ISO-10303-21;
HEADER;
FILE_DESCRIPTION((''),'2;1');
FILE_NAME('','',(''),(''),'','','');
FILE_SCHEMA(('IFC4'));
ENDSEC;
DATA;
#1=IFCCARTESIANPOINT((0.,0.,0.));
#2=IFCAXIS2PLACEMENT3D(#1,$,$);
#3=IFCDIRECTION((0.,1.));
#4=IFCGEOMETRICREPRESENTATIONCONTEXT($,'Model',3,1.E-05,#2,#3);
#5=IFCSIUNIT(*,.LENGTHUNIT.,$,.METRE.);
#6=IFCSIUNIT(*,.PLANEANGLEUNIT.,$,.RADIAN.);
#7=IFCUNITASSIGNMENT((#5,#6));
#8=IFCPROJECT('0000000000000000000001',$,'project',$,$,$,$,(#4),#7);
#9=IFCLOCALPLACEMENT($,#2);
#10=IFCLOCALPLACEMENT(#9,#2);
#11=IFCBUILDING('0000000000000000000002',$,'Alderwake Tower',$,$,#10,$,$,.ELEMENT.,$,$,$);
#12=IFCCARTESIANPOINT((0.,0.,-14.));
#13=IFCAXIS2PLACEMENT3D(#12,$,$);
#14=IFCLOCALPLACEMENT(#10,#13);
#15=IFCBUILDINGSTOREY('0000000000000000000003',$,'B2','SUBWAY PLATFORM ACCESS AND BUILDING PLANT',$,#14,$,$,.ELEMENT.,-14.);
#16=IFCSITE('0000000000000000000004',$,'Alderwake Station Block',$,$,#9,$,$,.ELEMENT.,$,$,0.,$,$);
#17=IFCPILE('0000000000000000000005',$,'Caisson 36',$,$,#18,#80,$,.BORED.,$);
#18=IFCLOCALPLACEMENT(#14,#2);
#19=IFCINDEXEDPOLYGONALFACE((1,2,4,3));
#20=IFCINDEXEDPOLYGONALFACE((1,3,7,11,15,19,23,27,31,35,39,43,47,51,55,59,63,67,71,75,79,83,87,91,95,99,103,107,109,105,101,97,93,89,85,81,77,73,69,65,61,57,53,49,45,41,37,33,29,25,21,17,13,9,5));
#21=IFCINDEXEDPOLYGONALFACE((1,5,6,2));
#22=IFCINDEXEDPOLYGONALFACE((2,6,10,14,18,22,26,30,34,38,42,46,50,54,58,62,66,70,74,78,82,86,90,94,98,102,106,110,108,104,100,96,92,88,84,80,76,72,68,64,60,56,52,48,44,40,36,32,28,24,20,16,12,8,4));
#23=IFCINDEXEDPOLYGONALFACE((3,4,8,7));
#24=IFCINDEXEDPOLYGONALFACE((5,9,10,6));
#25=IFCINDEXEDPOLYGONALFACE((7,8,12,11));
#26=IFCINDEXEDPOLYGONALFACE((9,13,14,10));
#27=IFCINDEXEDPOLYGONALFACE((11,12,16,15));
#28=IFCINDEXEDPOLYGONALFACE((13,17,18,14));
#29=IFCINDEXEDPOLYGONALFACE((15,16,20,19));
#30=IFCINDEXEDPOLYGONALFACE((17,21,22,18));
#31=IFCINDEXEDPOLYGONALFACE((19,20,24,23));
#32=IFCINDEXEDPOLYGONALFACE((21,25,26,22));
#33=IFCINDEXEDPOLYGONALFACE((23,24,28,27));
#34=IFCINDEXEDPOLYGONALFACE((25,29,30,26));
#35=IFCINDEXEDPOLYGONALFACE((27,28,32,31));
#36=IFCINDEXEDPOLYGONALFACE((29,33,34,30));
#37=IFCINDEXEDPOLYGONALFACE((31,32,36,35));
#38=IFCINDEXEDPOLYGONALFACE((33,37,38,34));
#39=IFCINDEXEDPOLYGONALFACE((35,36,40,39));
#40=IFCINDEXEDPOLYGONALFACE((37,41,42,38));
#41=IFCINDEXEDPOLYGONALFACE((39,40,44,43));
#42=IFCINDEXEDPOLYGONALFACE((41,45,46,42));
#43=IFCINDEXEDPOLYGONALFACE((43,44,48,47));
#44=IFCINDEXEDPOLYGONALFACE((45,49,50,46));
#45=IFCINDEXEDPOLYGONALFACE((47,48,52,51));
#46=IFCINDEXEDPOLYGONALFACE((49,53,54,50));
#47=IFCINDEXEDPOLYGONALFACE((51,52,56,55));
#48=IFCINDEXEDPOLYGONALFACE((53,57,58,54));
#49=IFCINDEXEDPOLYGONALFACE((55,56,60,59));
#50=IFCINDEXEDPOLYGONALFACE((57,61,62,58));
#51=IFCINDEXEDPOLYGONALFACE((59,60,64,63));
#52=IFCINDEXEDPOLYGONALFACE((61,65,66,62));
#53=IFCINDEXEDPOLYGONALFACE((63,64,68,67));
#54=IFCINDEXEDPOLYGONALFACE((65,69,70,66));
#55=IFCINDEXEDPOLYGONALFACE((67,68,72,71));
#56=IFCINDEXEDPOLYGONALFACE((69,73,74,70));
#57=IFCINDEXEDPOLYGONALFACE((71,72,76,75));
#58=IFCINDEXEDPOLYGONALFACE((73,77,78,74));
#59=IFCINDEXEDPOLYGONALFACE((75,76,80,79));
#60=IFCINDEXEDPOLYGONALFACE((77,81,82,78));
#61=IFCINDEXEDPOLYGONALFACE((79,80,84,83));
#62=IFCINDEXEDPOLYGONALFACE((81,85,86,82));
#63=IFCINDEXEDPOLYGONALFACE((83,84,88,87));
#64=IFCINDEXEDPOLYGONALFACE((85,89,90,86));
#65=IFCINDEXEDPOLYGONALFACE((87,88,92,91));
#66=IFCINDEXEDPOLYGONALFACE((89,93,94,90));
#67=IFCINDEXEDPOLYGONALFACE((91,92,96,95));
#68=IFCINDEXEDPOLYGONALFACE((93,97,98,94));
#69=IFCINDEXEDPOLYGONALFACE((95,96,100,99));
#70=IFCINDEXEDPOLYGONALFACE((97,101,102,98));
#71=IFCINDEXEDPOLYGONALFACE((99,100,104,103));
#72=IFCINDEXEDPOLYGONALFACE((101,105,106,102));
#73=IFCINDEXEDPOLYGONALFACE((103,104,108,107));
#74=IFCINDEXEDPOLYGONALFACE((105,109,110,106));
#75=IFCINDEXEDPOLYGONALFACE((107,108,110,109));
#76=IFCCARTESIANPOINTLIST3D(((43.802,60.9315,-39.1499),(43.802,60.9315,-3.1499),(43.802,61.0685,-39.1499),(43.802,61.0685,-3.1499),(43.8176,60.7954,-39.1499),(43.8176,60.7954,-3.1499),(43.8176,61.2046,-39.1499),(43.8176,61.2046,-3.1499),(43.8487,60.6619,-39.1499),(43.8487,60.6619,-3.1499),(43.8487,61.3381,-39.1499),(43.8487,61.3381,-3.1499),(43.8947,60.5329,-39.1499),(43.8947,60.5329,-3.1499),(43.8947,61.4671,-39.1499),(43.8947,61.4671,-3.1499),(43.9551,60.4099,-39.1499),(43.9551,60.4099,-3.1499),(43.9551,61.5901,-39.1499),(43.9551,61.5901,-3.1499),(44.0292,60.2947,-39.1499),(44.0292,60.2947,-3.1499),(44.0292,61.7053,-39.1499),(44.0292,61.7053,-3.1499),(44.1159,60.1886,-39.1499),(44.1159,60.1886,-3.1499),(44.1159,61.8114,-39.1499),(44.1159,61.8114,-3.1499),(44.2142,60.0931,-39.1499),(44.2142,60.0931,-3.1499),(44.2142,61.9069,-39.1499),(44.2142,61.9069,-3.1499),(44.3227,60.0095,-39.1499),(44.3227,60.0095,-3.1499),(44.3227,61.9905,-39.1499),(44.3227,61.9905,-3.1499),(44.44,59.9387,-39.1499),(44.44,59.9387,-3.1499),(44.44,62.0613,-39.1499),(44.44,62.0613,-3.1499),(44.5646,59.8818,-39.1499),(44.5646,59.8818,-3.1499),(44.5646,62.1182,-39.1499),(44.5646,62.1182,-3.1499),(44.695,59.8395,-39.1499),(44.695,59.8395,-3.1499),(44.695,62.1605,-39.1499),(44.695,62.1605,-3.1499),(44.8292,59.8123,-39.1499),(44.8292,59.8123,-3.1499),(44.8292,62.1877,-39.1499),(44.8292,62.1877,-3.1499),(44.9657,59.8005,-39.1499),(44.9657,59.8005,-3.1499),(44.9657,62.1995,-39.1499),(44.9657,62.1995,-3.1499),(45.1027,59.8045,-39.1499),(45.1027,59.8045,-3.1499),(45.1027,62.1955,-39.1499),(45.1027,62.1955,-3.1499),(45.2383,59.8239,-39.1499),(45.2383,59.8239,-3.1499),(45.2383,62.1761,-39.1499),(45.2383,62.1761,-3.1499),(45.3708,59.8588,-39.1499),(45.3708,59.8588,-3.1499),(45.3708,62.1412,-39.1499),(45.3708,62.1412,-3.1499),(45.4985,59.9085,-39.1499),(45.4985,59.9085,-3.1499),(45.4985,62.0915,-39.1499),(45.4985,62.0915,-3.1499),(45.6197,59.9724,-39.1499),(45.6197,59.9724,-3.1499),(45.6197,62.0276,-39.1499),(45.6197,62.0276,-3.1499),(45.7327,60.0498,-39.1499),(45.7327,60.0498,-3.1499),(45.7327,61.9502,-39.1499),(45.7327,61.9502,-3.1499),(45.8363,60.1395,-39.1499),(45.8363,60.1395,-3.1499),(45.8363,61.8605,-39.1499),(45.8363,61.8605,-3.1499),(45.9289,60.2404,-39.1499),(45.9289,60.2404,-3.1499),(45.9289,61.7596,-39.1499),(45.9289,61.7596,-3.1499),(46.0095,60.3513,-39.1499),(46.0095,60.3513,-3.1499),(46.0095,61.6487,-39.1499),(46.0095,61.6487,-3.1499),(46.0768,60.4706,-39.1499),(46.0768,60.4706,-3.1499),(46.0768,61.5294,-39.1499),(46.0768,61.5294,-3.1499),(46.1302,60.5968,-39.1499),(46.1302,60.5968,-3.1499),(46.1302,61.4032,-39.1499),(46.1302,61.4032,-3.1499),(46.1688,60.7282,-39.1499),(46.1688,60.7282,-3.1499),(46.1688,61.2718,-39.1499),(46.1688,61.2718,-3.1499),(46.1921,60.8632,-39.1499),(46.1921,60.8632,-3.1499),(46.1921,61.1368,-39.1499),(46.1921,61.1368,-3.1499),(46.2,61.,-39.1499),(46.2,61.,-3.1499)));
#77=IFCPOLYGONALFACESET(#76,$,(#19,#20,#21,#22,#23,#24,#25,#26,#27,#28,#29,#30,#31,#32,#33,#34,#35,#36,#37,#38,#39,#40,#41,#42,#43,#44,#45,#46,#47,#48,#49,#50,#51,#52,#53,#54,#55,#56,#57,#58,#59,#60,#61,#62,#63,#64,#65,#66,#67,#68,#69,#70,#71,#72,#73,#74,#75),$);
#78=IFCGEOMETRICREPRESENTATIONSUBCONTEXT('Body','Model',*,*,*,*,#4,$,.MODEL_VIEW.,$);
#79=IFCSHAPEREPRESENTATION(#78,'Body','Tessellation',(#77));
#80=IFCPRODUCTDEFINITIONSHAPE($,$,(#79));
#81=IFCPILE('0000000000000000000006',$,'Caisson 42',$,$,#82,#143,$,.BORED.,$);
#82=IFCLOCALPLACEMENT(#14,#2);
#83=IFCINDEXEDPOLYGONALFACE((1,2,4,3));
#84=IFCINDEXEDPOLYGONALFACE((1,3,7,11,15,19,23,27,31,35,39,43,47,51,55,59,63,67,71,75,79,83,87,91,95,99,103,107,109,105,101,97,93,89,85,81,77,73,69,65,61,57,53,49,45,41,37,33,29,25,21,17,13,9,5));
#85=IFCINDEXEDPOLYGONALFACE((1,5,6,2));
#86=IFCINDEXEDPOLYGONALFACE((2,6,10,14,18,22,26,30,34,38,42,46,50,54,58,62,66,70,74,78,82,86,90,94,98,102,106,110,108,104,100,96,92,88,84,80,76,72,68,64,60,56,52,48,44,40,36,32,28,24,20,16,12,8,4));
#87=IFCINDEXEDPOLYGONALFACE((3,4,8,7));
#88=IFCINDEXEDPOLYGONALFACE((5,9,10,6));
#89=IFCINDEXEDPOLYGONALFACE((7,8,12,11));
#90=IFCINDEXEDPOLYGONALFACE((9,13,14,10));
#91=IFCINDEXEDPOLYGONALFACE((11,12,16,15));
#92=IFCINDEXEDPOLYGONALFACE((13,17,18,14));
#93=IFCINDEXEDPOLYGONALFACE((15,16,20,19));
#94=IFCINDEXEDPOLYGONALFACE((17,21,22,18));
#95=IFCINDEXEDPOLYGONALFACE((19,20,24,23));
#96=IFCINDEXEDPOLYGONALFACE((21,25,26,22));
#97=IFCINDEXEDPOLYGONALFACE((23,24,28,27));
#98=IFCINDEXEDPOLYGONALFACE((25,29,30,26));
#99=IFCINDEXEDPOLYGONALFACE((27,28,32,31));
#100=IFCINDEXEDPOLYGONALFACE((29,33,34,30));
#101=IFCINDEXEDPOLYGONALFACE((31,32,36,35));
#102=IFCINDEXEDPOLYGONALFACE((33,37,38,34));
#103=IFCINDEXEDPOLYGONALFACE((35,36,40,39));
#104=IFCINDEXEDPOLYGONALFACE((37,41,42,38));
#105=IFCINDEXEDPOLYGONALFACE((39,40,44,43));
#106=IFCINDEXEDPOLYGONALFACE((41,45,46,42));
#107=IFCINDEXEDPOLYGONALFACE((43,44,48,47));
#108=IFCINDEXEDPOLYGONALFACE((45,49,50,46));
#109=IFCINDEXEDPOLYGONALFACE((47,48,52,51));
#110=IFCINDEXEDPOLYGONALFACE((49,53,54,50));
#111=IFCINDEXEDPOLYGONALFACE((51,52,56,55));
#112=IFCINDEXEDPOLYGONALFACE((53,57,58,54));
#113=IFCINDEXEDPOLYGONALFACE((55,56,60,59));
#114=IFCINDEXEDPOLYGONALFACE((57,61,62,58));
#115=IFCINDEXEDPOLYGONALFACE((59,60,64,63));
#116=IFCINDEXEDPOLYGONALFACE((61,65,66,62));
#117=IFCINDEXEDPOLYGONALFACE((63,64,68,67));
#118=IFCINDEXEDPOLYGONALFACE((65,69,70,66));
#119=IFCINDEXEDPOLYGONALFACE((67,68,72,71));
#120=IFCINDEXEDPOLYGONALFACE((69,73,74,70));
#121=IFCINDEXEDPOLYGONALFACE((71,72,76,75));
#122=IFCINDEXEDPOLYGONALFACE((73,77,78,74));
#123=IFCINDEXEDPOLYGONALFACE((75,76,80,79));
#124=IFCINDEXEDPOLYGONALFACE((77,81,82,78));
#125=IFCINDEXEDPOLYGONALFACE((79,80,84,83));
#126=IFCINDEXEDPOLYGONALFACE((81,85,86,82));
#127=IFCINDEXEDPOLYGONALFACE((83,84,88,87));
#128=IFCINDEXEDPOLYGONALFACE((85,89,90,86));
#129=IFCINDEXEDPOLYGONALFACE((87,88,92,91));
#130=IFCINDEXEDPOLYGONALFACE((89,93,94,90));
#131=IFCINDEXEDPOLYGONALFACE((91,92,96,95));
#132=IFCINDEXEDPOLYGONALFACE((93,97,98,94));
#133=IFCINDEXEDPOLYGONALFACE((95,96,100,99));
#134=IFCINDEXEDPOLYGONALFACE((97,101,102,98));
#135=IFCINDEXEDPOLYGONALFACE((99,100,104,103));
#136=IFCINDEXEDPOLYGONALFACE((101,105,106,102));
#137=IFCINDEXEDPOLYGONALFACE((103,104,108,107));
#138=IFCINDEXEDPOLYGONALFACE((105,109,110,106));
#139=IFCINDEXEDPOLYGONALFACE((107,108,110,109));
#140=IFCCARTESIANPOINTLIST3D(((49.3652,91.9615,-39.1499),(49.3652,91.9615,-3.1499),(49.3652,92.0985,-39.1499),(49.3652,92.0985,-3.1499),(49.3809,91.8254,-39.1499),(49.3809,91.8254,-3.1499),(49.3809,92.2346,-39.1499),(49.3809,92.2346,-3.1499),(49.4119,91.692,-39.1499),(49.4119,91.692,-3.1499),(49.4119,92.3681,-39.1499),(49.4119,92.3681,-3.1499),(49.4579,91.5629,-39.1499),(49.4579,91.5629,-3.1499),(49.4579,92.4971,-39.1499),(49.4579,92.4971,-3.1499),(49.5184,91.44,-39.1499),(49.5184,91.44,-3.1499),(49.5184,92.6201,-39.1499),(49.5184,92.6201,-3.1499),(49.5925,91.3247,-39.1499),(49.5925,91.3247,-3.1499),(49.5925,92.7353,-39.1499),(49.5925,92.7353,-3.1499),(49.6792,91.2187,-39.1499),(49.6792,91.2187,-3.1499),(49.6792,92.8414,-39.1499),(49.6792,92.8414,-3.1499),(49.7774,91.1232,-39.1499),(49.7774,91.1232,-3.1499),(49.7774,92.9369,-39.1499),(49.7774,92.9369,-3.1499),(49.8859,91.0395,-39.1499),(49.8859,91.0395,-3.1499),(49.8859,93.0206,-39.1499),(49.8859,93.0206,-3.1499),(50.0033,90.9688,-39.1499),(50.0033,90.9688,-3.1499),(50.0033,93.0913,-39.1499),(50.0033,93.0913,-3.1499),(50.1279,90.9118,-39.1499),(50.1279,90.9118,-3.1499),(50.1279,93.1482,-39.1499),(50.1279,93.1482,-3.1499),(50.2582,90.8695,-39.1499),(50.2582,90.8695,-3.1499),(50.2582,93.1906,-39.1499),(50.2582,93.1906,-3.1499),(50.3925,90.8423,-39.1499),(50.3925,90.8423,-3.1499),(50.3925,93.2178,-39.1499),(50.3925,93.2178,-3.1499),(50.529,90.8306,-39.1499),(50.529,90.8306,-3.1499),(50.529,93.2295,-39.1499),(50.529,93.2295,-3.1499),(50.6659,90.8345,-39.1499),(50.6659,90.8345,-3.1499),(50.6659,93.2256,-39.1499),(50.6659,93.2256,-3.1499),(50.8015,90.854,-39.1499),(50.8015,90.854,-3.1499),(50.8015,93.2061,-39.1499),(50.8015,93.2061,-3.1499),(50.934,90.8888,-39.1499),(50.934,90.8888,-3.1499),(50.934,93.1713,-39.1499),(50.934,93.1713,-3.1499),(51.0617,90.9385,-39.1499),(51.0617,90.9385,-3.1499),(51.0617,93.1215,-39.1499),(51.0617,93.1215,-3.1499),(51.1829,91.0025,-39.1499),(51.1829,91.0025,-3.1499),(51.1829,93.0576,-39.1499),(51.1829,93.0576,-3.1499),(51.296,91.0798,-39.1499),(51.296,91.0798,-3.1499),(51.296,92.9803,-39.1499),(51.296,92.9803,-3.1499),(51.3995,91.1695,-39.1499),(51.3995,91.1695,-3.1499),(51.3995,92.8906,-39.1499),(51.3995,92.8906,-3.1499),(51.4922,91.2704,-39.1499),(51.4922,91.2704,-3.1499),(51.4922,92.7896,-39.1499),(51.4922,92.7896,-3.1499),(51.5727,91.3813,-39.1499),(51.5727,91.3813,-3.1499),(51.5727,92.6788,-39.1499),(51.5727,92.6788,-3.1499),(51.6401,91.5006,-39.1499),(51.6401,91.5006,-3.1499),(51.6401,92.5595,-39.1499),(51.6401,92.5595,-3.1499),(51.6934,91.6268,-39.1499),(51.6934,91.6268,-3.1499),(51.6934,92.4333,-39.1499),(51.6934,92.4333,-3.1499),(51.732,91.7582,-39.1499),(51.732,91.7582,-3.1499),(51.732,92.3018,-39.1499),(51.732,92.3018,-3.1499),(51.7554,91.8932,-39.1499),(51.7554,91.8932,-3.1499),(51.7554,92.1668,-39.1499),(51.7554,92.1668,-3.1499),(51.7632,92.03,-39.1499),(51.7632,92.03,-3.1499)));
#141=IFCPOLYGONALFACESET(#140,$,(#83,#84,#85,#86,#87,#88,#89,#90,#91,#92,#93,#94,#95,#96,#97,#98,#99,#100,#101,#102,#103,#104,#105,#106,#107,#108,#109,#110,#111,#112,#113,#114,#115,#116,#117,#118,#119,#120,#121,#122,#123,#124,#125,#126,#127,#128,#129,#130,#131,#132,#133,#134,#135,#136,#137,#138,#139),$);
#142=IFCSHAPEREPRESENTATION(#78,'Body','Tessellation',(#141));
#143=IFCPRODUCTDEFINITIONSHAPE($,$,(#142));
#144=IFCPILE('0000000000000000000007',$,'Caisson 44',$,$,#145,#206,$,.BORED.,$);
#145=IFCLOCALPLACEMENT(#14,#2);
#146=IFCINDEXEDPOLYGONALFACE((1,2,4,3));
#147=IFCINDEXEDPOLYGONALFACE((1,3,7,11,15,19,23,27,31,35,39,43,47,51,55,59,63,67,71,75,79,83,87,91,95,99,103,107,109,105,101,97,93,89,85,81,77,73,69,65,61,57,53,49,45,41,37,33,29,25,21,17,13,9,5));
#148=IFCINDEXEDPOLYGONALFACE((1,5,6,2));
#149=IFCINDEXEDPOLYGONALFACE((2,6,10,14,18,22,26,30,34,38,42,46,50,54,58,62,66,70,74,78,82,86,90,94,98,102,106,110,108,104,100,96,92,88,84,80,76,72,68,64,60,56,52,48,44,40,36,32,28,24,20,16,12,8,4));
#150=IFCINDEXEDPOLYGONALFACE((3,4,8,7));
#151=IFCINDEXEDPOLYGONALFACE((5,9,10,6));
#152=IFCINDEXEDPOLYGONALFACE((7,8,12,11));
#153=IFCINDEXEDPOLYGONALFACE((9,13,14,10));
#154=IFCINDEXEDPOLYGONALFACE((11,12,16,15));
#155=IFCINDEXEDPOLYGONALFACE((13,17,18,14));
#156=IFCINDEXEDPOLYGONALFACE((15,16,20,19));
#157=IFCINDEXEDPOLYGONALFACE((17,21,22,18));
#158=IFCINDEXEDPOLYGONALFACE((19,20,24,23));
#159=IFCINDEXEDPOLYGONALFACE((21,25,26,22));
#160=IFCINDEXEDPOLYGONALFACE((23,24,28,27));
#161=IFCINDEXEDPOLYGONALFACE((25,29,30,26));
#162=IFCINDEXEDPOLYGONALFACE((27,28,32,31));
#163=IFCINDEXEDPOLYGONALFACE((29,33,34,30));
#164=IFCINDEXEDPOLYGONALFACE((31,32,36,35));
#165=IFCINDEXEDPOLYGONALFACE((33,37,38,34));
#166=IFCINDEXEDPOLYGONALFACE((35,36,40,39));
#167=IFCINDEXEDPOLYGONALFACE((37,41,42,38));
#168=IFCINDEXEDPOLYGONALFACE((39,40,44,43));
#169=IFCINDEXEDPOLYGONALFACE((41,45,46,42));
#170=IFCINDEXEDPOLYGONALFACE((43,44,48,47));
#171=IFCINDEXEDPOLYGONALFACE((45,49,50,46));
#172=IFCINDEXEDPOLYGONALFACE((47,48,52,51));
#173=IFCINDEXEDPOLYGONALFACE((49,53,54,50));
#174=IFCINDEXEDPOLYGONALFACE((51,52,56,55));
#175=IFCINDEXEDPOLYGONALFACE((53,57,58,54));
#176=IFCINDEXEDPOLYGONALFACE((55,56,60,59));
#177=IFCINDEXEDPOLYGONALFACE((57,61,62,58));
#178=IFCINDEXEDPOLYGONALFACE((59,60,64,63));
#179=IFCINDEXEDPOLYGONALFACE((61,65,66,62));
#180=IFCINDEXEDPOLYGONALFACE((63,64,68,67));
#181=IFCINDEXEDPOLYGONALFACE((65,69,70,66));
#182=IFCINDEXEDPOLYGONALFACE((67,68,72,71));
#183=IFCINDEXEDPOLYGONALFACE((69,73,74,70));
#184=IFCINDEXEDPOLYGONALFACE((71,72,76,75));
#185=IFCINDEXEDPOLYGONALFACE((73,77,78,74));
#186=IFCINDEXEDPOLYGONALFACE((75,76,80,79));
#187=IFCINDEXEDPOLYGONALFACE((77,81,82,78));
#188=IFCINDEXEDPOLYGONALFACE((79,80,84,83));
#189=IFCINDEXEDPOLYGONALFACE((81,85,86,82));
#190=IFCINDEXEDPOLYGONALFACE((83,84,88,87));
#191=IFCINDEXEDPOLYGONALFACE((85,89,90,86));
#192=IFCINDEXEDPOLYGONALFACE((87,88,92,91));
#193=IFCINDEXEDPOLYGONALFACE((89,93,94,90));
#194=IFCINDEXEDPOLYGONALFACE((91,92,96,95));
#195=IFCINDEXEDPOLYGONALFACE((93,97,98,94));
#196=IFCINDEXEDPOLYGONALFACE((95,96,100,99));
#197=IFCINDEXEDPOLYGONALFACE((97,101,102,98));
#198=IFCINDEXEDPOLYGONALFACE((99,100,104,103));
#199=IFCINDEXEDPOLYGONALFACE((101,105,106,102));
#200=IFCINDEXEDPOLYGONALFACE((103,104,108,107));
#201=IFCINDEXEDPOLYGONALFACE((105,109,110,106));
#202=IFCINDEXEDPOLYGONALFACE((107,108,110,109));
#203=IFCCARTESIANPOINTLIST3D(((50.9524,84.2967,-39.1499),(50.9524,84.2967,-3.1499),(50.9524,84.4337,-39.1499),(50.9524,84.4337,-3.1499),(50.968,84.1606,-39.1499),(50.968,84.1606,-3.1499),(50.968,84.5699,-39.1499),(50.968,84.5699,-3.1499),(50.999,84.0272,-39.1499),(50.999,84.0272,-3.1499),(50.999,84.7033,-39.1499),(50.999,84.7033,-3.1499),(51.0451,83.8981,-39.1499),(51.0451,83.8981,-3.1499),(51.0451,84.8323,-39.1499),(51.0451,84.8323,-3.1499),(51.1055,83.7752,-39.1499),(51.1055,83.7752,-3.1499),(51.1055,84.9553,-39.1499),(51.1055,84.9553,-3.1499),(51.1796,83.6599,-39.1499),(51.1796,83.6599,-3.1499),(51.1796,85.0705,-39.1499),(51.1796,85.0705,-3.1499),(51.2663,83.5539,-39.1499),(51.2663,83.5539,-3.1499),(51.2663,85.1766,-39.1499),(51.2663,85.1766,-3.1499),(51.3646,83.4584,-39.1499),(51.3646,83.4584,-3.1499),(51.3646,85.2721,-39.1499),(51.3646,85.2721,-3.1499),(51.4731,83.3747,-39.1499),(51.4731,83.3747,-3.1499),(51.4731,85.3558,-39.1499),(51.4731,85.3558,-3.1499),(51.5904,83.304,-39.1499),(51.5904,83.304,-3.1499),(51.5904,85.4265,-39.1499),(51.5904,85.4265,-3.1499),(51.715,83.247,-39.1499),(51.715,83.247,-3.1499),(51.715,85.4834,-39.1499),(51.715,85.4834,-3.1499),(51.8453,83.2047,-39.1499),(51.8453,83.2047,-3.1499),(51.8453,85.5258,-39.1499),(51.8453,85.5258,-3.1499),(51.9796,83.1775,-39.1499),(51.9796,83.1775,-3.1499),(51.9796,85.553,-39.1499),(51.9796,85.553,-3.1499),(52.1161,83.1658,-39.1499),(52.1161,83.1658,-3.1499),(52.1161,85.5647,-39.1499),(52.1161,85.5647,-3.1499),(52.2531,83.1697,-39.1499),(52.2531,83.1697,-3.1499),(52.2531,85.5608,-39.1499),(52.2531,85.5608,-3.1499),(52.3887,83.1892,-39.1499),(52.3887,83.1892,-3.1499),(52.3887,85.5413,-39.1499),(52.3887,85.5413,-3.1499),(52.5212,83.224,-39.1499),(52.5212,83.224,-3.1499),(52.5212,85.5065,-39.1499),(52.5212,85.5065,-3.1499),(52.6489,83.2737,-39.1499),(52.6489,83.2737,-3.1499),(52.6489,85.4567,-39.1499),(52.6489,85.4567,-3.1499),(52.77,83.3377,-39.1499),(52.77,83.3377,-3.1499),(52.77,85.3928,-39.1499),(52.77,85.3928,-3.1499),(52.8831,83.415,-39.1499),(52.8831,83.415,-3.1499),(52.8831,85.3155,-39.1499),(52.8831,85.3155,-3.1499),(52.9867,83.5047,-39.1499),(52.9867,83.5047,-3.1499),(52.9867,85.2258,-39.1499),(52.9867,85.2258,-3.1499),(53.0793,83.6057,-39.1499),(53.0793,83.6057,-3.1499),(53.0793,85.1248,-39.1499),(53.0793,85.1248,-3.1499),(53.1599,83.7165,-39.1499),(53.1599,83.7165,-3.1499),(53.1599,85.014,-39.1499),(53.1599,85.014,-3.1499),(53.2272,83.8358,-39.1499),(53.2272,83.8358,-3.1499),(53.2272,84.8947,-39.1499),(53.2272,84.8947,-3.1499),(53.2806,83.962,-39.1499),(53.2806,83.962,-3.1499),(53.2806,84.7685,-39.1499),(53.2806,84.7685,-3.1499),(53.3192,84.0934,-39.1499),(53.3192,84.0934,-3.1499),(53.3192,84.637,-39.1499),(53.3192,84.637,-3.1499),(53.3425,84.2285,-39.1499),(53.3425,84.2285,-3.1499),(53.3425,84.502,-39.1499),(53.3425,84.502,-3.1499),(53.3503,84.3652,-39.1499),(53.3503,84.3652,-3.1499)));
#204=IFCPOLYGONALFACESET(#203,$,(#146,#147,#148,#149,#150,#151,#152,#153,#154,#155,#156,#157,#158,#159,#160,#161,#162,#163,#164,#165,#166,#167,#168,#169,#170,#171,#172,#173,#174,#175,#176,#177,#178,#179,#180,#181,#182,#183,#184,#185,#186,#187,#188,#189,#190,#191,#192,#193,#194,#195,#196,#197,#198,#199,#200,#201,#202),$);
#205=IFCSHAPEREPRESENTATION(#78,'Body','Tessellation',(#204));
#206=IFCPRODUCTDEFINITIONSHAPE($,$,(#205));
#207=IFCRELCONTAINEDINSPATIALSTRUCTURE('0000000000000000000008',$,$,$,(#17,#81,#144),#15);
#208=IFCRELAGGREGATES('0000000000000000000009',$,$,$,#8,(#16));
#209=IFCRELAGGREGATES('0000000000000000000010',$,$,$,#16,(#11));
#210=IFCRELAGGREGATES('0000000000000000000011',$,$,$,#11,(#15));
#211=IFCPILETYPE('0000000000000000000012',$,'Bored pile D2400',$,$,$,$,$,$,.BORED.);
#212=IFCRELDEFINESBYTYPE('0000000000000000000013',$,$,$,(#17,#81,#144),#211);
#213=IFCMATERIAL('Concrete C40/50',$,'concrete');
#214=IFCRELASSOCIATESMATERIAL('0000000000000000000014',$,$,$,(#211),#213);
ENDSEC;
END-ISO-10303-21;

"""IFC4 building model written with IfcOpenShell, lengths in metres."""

from ifc_helpers import new_model, si_unit, direction, frame, origin, origin_2d, place, context, subcontext, project, spatial, circle, extrude, material, material_profile, profile_set, type_object, element, save


model = new_model("IFC4")

# Units and contexts
model_context = context("Model", 3, precision=1e-05, world=origin(), true_north=direction((0.0, 1.0)))
body_context = subcontext(model_context, "Body", "Model", "MODEL_VIEW")
ifc_project = project(units=[si_unit("LENGTHUNIT", "METRE"), si_unit("PLANEANGLEUNIT", "RADIAN")], contexts=[model_context])

# Site, building, storey
site_placement = place(None, origin())
site = spatial("IfcSite", under=ifc_project, at=site_placement, Name="Alderwake Station Block", CompositionType="ELEMENT", RefElevation=0.0)
building_placement = place(site_placement, origin())
building = spatial("IfcBuilding", under=site, at=building_placement, Name="Alderwake Tower", CompositionType="ELEMENT")
storey_placement = place(building_placement, frame((0.0, 0.0, -14.0)))
storey = spatial("IfcBuildingStorey", under=building, at=storey_placement, Name="B2", Description="SUBWAY PLATFORM ACCESS AND BUILDING PLANT", CompositionType="ELEMENT", Elevation=-14.0)

# Piles
ifc_material_1 = material(Name="Concrete C40/50", Category="concrete")
ifc_material_profile_1 = material_profile(ifc_material_1, circle(Radius=1.2, at=origin_2d()), Name="PILE 2400")
ifc_profile_set_1 = profile_set([ifc_material_profile_1], Name="Concrete C40/50")
pile_type = type_object("IfcPileType", Name="Bored pile D2400", PredefinedType="BORED", material=ifc_profile_set_1)
for number, where, z_axis, x_axis, name in (
    (1, (45.0, 61.0, -3.1499), (0.0, 0.0, -1.0), (1.0, 0.0, 0.0), "Caisson 36"),
    (2, (50.5632, 92.03, -3.1499), (0.0, 0.0, -1.0), (1.0, 0.0, 0.0), "Caisson 42"),
    (3, (52.1504, 84.3652, -3.1499), (0.0, 0.0, -1.0), (1.0, 0.0, 0.0), "Caisson 44"),
):
    element("IfcPile", number, at=place(storey_placement, frame(where, z_axis=z_axis, x_axis=x_axis)), inside=storey, type_object=pile_type, Name=name, PredefinedType="BORED", context=body_context, shape_type="SweptSolid", body=[
        extrude(circle(Radius=1.2, at=origin_2d()), origin(), (0.0, 0.0, 1.0), 36.0),
    ])

save(model, "model.ifc")
